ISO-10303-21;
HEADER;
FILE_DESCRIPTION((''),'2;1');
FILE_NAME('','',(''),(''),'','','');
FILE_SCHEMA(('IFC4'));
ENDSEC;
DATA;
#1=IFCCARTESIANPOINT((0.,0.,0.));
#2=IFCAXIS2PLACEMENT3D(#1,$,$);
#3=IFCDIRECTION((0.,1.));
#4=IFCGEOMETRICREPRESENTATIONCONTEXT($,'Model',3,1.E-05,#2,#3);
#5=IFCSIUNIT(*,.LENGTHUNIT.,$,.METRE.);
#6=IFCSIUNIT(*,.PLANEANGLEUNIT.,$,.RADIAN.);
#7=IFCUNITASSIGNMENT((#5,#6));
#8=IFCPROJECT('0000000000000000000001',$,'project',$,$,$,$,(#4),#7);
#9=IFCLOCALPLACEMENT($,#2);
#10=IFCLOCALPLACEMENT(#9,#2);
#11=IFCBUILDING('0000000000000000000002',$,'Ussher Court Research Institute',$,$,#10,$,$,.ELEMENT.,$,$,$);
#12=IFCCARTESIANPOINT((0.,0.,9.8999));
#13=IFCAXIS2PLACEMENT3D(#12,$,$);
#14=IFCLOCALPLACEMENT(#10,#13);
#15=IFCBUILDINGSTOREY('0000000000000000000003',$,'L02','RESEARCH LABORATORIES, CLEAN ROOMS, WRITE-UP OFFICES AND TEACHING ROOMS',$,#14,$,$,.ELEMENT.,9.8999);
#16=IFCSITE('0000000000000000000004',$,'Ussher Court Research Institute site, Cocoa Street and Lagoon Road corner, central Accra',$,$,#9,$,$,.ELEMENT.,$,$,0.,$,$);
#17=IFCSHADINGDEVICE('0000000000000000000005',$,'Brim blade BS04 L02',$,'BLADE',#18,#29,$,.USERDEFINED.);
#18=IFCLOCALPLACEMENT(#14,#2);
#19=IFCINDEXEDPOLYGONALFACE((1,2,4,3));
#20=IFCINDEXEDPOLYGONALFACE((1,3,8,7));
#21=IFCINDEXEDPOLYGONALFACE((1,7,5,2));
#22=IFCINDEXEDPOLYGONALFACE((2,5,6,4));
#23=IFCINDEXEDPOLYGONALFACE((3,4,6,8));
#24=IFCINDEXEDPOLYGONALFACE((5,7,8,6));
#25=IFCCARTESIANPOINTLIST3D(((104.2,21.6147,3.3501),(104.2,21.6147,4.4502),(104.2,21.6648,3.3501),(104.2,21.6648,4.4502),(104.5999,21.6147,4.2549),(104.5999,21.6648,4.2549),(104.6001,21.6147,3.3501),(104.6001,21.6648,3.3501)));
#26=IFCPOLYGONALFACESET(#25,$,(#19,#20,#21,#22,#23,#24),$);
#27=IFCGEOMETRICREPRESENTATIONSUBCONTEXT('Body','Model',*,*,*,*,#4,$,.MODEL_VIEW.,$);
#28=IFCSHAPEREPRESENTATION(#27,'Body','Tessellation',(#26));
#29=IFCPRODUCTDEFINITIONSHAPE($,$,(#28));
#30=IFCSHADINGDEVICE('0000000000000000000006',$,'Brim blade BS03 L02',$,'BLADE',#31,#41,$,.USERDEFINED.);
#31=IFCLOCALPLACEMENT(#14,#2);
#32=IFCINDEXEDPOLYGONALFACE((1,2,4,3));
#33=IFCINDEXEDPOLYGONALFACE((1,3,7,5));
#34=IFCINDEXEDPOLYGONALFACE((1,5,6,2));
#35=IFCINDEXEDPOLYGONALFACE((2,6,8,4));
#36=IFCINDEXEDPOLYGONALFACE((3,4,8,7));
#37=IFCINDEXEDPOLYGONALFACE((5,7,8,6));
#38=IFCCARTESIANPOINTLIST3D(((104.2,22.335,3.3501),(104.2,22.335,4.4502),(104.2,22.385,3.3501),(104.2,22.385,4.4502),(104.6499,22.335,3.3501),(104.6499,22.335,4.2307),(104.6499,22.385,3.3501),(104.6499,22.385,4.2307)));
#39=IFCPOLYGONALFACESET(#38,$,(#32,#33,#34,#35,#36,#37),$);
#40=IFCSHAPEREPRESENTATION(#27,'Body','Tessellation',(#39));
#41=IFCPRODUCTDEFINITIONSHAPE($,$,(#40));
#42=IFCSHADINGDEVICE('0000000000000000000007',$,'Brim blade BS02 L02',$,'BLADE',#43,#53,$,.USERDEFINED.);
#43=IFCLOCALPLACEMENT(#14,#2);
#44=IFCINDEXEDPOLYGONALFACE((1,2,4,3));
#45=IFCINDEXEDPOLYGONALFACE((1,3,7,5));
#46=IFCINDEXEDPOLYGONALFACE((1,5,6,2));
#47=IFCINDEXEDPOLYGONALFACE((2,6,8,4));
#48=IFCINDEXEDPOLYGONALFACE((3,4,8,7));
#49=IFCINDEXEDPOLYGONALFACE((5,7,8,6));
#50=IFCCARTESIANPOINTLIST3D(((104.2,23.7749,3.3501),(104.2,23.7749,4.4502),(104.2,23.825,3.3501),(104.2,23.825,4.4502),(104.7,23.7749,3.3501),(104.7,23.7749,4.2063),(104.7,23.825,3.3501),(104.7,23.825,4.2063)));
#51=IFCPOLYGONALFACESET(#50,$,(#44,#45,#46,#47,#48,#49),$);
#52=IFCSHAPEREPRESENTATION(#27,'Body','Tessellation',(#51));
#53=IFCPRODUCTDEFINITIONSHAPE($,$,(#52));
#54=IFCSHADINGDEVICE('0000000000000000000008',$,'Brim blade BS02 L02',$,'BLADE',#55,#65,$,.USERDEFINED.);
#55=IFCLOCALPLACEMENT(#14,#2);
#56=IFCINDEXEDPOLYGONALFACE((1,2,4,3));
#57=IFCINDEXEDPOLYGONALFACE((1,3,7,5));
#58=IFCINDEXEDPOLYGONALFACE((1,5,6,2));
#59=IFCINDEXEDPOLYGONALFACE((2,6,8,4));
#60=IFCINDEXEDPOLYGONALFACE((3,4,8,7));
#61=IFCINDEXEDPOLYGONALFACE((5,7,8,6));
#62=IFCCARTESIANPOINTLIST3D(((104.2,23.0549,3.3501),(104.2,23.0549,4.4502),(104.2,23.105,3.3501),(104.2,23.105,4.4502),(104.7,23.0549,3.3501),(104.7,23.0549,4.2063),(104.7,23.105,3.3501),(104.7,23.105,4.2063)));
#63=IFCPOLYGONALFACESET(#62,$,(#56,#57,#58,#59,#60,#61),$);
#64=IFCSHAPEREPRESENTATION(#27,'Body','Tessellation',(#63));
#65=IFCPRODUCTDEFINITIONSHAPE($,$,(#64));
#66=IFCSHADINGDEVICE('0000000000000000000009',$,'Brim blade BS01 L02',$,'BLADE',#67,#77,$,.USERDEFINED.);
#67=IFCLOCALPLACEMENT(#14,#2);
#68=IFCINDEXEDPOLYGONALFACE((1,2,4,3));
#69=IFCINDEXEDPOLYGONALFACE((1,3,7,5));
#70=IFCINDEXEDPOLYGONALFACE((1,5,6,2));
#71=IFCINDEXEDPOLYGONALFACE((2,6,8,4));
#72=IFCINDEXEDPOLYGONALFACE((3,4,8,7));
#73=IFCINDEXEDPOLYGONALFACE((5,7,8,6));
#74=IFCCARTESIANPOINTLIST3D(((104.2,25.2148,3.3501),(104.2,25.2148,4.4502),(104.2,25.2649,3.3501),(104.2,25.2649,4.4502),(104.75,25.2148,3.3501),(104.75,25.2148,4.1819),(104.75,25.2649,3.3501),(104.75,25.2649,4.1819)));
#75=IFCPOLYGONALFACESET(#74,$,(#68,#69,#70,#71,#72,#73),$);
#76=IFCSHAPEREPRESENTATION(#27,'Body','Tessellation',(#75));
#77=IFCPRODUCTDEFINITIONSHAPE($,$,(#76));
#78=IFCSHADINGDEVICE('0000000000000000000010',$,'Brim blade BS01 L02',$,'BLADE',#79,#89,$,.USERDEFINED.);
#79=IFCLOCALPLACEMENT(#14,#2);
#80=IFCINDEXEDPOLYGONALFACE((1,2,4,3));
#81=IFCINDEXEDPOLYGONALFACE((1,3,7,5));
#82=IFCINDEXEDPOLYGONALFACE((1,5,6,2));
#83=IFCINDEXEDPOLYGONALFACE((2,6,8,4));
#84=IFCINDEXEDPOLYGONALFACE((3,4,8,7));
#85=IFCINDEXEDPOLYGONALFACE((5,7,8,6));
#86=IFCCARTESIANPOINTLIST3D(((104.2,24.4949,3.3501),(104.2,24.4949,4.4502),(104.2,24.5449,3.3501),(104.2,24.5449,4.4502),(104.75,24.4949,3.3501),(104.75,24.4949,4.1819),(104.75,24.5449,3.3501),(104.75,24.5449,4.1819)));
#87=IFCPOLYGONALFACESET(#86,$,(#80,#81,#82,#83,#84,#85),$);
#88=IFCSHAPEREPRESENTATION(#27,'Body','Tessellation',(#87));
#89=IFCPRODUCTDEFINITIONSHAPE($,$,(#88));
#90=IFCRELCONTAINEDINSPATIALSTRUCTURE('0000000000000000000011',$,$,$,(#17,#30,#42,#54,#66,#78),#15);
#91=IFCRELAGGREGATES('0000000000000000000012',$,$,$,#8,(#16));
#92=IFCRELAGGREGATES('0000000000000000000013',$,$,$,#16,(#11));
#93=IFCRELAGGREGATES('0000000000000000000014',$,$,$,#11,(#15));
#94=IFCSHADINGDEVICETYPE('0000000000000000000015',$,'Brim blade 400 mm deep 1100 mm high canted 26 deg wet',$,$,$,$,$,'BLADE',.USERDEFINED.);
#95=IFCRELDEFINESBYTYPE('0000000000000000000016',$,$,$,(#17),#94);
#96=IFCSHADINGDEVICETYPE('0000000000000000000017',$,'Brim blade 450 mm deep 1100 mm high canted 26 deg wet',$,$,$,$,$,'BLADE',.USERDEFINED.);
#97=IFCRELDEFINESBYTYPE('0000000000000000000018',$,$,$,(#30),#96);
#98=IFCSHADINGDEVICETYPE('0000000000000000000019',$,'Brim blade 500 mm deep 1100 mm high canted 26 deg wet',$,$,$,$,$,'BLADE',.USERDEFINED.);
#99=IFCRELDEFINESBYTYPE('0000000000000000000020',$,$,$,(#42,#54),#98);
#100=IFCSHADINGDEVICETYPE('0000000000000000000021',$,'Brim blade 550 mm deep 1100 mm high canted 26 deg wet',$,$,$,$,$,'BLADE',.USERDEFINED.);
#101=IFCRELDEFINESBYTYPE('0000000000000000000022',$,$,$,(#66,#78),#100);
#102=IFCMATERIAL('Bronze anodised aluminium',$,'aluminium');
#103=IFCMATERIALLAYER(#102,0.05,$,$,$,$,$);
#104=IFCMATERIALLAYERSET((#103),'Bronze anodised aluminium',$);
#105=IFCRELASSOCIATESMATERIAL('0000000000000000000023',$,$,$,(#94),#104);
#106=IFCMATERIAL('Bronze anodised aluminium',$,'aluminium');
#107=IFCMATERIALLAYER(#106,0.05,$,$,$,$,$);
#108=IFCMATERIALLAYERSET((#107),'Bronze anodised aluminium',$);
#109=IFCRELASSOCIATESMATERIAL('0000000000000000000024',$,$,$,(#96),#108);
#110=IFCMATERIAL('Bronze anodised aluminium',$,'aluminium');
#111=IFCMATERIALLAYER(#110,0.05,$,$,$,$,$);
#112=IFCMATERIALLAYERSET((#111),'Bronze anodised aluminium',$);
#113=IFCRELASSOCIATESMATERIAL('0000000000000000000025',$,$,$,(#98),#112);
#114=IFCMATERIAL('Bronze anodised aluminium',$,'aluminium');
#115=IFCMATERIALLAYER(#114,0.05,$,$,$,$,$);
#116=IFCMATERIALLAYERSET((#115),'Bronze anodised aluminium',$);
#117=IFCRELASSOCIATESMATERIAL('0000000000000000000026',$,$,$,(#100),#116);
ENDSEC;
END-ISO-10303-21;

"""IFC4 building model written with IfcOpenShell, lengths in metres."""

from ifc_helpers import new_model, si_unit, direction, frame, origin, place, context, subcontext, project, spatial, polyline, outline, extrude, material, layer, layer_set, type_object, element, save


model = new_model("IFC4")

# Units and contexts
model_context = context("Model", 3, precision=1e-05, world=origin(), true_north=direction((0.0, 1.0)))
body_context = subcontext(model_context, "Body", "Model", "MODEL_VIEW")
ifc_project = project(units=[si_unit("LENGTHUNIT", "METRE"), si_unit("PLANEANGLEUNIT", "RADIAN")], contexts=[model_context])

# Site, building, storey
site_placement = place(None, origin())
site = spatial("IfcSite", under=ifc_project, at=site_placement, Name="Ussher Court Research Institute site, Cocoa Street and Lagoon Road corner, central Accra", CompositionType="ELEMENT", RefElevation=0.0)
building_placement = place(site_placement, origin())
building = spatial("IfcBuilding", under=site, at=building_placement, Name="Ussher Court Research Institute", CompositionType="ELEMENT")
storey_placement = place(building_placement, frame((0.0, 0.0, 9.8999)))
storey = spatial("IfcBuildingStorey", under=building, at=storey_placement, Name="L02", Description="RESEARCH LABORATORIES, CLEAN ROOMS, WRITE-UP OFFICES AND TEACHING ROOMS", CompositionType="ELEMENT", Elevation=9.8999)

# Shading devices
ifc_material_1 = material(Name="Bronze anodised aluminium", Category="aluminium")
ifc_layer_1 = layer(ifc_material_1, 0.05)
ifc_layer_set_1 = layer_set([ifc_layer_1], Name="Bronze anodised aluminium")
shading_device_type_1 = type_object("IfcShadingDeviceType", Name="Brim blade 400 mm deep 1100 mm high canted 26 deg wet", ElementType="BLADE", PredefinedType="USERDEFINED", material=ifc_layer_set_1)
shading_device_1_placement = place(storey_placement, frame((104.2, 21.6399, 3.3501), z_axis=(0.0, 0.0, 1.0), x_axis=(1.0, 0.0, 0.0)))
element("IfcShadingDevice", 1, at=shading_device_1_placement, inside=storey, type_object=shading_device_type_1, Name="Brim blade BS04 L02", ObjectType="BLADE", PredefinedType="USERDEFINED", context=body_context, shape_type="SweptSolid", body=[
    extrude(outline(polyline([(0.0, 0.0), (0.4001, 0.0), (0.3999, 0.9048), (0.0, 1.1001), (0.0, 0.0)])), frame((0.0, 0.0249, 0.0), z_axis=(0.0, -1.0, 0.0), x_axis=(1.0, 0.0, 0.0)), (0.0, 0.0, 1.0), 0.05),
])
ifc_material_2 = material(Name="Bronze anodised aluminium", Category="aluminium")
ifc_layer_2 = layer(ifc_material_2, 0.05)
ifc_layer_set_2 = layer_set([ifc_layer_2], Name="Bronze anodised aluminium")
shading_device_type_2 = type_object("IfcShadingDeviceType", Name="Brim blade 450 mm deep 1100 mm high canted 26 deg wet", ElementType="BLADE", PredefinedType="USERDEFINED", material=ifc_layer_set_2)
shading_device_2_placement = place(storey_placement, frame((104.2, 22.3601, 3.3501), z_axis=(0.0, 0.0, 1.0), x_axis=(1.0, 0.0, 0.0)))
element("IfcShadingDevice", 2, at=shading_device_2_placement, inside=storey, type_object=shading_device_type_2, Name="Brim blade BS03 L02", ObjectType="BLADE", PredefinedType="USERDEFINED", context=body_context, shape_type="SweptSolid", body=[
    extrude(outline(polyline([(0.0, 0.0), (0.45, 0.0), (0.45, 0.8806), (0.0, 1.1001), (0.0, 0.0)])), frame((0.0, 0.0249, 0.0), z_axis=(0.0, -1.0, 0.0), x_axis=(1.0, 0.0, 0.0)), (0.0, 0.0, 1.0), 0.05),
])
ifc_material_3 = material(Name="Bronze anodised aluminium", Category="aluminium")
ifc_layer_3 = layer(ifc_material_3, 0.05)
ifc_layer_set_3 = layer_set([ifc_layer_3], Name="Bronze anodised aluminium")
shading_device_type_3 = type_object("IfcShadingDeviceType", Name="Brim blade 500 mm deep 1100 mm high canted 26 deg wet", ElementType="BLADE", PredefinedType="USERDEFINED", material=ifc_layer_set_3)
for number, where, z_axis, x_axis, name in (
    (3, (104.2, 23.8, 3.3501), (0.0, 0.0, 1.0), (1.0, 0.0, 0.0), "Brim blade BS02 L02"),
    (4, (104.2, 23.0801, 3.3501), (0.0, 0.0, 1.0), (1.0, 0.0, 0.0), "Brim blade BS02 L02"),
):
    element("IfcShadingDevice", number, at=place(storey_placement, frame(where, z_axis=z_axis, x_axis=x_axis)), inside=storey, type_object=shading_device_type_3, Name=name, ObjectType="BLADE", PredefinedType="USERDEFINED", context=body_context, shape_type="SweptSolid", body=[
        extrude(outline(polyline([(0.0, 0.0), (0.5, 0.0), (0.5, 0.8562), (0.0, 1.1001), (0.0, 0.0)])), frame((0.0, 0.0249, 0.0), z_axis=(0.0, -1.0, 0.0), x_axis=(1.0, 0.0, 0.0)), (0.0, 0.0, 1.0), 0.05),
    ])
ifc_material_4 = material(Name="Bronze anodised aluminium", Category="aluminium")
ifc_layer_4 = layer(ifc_material_4, 0.05)
ifc_layer_set_4 = layer_set([ifc_layer_4], Name="Bronze anodised aluminium")
shading_device_type_4 = type_object("IfcShadingDeviceType", Name="Brim blade 550 mm deep 1100 mm high canted 26 deg wet", ElementType="BLADE", PredefinedType="USERDEFINED", material=ifc_layer_set_4)
for number, where, z_axis, x_axis, name in (
    (5, (104.2, 25.24, 3.3501), (0.0, 0.0, 1.0), (1.0, 0.0, 0.0), "Brim blade BS01 L02"),
    (6, (104.2, 24.52, 3.3501), (0.0, 0.0, 1.0), (1.0, 0.0, 0.0), "Brim blade BS01 L02"),
):
    element("IfcShadingDevice", number, at=place(storey_placement, frame(where, z_axis=z_axis, x_axis=x_axis)), inside=storey, type_object=shading_device_type_4, Name=name, ObjectType="BLADE", PredefinedType="USERDEFINED", context=body_context, shape_type="SweptSolid", body=[
        extrude(outline(polyline([(0.0, 0.0), (0.55, 0.0), (0.55, 0.8318), (0.0, 1.1001), (0.0, 0.0)])), frame((0.0, 0.0249, 0.0), z_axis=(0.0, -1.0, 0.0), x_axis=(1.0, 0.0, 0.0)), (0.0, 0.0, 1.0), 0.05),
    ])

save(model, "model.ifc")
